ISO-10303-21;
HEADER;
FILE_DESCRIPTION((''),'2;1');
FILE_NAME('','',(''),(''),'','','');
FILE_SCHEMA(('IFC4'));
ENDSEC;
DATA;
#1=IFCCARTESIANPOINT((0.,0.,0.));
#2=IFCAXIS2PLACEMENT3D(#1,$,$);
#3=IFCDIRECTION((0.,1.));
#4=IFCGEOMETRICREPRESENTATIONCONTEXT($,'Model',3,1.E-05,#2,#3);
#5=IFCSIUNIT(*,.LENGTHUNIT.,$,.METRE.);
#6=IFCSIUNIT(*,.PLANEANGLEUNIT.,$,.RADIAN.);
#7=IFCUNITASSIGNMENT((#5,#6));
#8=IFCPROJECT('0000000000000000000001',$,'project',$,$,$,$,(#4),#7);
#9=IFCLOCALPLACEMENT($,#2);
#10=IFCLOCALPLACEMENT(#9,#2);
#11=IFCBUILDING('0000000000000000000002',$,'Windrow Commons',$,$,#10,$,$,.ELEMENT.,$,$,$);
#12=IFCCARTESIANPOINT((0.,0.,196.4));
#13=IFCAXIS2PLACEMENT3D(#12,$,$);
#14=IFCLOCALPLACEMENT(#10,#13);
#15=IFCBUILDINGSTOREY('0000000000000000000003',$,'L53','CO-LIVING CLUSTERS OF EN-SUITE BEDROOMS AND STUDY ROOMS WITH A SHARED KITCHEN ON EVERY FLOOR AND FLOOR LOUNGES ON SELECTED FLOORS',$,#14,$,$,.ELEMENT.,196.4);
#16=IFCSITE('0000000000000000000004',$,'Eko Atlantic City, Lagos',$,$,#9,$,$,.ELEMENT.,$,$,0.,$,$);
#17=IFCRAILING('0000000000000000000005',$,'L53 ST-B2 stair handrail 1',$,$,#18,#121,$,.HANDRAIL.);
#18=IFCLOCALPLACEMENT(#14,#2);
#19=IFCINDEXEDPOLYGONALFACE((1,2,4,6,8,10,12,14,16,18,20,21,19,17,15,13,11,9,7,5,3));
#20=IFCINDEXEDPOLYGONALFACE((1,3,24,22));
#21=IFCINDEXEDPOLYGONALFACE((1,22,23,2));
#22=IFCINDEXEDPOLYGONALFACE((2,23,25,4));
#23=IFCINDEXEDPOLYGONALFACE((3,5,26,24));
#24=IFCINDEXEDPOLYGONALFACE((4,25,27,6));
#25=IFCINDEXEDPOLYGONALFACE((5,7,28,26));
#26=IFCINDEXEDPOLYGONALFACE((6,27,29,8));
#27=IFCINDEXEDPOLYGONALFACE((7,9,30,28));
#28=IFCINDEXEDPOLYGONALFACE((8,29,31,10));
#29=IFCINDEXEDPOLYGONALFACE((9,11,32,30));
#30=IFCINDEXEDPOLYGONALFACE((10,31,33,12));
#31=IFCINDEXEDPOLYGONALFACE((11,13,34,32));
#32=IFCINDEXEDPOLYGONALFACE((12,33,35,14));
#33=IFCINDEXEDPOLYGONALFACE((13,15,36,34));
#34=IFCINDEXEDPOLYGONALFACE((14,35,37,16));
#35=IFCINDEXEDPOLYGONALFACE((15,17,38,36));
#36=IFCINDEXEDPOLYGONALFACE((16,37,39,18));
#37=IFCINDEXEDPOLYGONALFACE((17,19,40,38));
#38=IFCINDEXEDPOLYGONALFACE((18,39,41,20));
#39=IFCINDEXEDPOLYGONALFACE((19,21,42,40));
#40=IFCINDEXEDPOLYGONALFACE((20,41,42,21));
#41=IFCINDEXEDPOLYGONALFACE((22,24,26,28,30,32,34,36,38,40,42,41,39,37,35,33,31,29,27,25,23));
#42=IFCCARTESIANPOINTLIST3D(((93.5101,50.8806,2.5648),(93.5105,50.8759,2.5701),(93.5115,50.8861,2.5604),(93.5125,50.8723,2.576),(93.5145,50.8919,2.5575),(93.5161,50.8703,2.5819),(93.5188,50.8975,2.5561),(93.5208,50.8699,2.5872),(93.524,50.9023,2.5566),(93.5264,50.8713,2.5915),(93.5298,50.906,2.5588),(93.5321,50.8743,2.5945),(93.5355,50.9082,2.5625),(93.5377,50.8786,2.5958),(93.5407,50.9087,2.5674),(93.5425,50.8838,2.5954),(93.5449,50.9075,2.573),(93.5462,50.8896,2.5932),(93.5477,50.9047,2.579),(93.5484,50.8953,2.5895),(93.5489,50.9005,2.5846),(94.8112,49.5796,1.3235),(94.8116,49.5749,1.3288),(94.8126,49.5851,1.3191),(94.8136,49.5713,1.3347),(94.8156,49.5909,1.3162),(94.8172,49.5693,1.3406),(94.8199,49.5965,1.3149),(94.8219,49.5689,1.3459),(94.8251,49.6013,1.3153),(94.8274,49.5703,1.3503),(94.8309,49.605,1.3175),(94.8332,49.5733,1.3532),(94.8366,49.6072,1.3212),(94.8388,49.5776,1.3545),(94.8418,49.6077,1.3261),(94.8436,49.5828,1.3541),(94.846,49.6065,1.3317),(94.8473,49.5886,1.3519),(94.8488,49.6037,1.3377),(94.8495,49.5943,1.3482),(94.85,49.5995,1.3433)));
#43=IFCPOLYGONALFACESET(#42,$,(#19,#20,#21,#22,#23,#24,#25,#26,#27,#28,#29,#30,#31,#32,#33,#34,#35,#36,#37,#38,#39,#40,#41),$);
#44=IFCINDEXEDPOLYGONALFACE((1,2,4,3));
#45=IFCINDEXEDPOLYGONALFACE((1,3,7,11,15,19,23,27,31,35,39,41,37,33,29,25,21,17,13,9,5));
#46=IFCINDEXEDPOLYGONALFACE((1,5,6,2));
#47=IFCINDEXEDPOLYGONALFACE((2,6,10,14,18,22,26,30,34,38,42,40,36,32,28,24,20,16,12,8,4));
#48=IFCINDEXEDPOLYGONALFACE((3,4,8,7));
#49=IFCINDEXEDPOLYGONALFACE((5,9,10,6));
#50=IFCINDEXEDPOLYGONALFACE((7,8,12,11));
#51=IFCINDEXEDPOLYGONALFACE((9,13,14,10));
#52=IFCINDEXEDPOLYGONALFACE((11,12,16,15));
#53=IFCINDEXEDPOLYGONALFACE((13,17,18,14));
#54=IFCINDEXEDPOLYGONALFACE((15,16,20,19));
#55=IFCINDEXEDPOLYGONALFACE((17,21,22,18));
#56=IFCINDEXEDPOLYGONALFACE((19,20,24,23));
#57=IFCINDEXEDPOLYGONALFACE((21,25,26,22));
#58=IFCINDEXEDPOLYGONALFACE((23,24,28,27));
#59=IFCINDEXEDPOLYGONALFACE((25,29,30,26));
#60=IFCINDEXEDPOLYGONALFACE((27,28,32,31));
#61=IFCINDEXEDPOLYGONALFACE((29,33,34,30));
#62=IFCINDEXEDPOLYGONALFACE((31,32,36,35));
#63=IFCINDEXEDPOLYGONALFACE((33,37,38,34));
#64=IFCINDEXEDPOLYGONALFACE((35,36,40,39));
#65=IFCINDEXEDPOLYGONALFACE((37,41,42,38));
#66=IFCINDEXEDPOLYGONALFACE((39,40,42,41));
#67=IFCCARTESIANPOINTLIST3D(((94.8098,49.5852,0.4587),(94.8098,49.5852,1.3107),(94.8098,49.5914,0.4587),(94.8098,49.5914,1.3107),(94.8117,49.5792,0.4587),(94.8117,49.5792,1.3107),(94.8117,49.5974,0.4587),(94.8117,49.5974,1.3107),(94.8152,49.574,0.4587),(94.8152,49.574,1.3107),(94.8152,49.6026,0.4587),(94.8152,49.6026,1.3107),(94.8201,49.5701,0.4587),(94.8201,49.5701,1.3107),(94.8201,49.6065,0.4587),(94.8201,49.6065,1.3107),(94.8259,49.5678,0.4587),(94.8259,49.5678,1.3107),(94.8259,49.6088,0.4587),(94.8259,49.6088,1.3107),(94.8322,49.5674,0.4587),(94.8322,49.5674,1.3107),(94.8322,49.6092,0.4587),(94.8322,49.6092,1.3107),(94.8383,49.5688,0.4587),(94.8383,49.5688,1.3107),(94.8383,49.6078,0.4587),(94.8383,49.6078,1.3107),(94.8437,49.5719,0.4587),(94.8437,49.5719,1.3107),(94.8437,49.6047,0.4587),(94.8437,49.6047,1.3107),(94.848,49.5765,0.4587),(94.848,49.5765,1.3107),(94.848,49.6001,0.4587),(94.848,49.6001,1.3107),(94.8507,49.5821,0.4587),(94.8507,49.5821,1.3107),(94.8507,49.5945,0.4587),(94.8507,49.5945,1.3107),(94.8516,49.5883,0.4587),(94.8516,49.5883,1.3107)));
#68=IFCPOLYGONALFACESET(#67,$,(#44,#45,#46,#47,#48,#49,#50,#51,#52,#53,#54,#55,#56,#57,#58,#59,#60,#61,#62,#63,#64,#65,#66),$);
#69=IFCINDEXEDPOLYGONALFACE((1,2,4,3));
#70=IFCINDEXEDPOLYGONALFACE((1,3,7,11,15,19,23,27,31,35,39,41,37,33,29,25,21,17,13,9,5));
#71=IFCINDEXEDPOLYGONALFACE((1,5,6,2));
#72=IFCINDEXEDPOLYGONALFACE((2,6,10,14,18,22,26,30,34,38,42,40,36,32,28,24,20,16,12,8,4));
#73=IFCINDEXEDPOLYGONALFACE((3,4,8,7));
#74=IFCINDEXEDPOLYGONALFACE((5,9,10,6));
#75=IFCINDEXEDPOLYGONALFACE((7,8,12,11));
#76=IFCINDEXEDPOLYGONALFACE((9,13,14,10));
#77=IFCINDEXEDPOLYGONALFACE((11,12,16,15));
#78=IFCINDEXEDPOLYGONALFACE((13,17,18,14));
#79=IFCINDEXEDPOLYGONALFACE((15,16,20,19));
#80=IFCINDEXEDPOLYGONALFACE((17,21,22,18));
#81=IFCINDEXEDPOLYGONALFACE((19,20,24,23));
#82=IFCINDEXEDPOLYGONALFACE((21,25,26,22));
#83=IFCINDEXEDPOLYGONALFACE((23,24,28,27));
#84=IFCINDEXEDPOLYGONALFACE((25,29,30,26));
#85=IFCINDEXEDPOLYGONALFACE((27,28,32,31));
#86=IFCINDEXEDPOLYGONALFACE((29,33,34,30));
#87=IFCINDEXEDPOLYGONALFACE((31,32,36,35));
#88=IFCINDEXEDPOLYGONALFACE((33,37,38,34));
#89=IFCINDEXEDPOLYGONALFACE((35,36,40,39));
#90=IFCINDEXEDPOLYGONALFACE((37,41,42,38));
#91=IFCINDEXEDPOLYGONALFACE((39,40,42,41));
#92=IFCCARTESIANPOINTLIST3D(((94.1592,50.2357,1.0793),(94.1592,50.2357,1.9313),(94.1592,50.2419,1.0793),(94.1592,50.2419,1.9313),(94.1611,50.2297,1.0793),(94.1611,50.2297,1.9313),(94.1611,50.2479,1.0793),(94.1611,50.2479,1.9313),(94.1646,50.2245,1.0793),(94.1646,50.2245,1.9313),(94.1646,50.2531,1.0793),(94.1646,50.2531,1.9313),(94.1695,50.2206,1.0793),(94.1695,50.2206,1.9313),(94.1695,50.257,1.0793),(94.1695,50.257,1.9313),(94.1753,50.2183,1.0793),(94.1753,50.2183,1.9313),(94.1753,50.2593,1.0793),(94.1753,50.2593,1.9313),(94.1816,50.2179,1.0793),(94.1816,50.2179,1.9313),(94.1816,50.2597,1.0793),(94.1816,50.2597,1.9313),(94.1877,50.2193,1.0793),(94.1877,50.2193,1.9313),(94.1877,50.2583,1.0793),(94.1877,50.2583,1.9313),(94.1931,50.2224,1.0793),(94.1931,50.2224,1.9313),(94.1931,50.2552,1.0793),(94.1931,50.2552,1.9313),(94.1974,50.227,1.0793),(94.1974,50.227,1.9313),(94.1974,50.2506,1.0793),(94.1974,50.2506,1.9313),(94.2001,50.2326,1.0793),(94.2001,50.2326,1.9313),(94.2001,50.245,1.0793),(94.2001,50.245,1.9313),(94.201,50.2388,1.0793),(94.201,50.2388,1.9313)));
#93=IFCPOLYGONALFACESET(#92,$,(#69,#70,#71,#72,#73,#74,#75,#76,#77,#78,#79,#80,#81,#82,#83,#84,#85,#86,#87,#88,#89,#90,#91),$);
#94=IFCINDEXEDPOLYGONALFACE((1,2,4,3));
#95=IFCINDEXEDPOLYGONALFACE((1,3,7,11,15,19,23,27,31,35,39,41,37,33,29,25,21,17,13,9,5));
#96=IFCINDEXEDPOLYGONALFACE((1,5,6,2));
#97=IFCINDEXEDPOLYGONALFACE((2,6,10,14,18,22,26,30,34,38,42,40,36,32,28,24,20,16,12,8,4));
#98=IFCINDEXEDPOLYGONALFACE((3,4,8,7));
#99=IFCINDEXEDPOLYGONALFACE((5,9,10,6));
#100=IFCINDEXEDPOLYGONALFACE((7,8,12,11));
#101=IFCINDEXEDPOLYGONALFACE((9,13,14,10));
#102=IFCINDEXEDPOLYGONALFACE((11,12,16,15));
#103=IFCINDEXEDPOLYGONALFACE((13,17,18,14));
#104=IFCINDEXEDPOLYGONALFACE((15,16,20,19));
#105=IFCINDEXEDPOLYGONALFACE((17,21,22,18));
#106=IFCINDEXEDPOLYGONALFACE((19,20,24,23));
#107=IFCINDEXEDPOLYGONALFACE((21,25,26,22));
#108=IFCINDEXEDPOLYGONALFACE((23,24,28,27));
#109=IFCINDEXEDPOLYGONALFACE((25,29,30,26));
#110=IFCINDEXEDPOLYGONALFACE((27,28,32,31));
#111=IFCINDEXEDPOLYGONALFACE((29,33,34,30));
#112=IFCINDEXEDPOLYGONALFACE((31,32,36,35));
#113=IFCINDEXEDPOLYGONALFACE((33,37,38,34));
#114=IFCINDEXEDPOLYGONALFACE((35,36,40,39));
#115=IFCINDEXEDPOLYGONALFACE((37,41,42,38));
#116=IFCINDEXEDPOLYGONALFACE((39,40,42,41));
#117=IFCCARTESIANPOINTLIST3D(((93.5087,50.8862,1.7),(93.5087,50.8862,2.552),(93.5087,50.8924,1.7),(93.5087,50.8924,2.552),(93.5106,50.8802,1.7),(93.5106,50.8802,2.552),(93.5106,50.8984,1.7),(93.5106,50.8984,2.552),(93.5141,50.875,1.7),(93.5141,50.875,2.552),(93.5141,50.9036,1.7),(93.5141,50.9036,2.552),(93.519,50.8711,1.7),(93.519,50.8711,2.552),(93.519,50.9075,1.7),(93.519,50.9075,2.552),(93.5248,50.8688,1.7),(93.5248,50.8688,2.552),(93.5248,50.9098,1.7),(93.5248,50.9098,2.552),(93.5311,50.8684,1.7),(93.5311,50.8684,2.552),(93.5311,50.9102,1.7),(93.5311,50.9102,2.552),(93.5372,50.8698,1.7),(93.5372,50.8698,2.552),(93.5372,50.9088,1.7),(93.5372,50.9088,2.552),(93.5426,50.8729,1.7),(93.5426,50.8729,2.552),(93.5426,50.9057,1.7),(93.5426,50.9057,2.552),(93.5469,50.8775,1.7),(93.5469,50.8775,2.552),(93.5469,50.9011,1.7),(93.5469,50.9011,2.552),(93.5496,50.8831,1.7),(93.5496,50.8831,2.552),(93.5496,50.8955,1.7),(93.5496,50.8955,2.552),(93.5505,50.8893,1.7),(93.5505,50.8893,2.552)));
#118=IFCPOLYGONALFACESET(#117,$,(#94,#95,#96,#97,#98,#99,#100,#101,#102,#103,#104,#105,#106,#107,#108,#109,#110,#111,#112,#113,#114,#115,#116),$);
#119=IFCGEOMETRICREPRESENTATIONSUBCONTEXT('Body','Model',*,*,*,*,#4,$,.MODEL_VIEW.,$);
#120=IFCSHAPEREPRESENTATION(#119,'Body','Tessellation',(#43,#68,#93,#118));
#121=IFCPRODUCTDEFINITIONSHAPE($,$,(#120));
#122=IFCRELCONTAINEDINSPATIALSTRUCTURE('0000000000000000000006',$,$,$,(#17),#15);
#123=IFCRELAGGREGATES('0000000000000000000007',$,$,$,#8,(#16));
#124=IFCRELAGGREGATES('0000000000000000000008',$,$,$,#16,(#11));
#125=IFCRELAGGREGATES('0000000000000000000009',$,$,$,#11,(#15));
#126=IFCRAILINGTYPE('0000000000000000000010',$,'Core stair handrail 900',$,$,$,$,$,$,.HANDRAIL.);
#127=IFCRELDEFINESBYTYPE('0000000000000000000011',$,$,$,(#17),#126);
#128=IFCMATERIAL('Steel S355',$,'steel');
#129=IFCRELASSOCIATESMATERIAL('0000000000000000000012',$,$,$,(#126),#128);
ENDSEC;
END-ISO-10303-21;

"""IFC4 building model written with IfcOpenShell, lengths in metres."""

from ifc_helpers import new_model, si_unit, direction, frame, origin, origin_2d, place, context, subcontext, project, spatial, circle, extrude, material, type_object, element, save


model = new_model("IFC4")

# Units and contexts
model_context = context("Model", 3, precision=1e-05, world=origin(), true_north=direction((0.0, 1.0)))
body_context = subcontext(model_context, "Body", "Model", "MODEL_VIEW")
ifc_project = project(units=[si_unit("LENGTHUNIT", "METRE"), si_unit("PLANEANGLEUNIT", "RADIAN")], contexts=[model_context])

# Site, building, storey
site_placement = place(None, origin())
site = spatial("IfcSite", under=ifc_project, at=site_placement, Name="Eko Atlantic City, Lagos", CompositionType="ELEMENT", RefElevation=0.0)
building_placement = place(site_placement, origin())
building = spatial("IfcBuilding", under=site, at=building_placement, Name="Windrow Commons", CompositionType="ELEMENT")
storey_placement = place(building_placement, frame((0.0, 0.0, 196.4)))
storey = spatial("IfcBuildingStorey", under=building, at=storey_placement, Name="L53", Description="CO-LIVING CLUSTERS OF EN-SUITE BEDROOMS AND STUDY ROOMS WITH A SHARED KITCHEN ON EVERY FLOOR AND FLOOR LOUNGES ON SELECTED FLOORS", CompositionType="ELEMENT", Elevation=196.4)

# Railing
ifc_material_1 = material(Name="Steel S355", Category="steel")
railing_type_1 = type_object("IfcRailingType", Name="Core stair handrail 900", PredefinedType="HANDRAIL", material=ifc_material_1)
railing_1_placement = place(storey_placement, frame((94.8306, 49.5883, 0.4587)))
element("IfcRailing", 1, at=railing_1_placement, inside=storey, type_object=railing_type_1, Name="L53 ST-B2 stair handrail 1", PredefinedType="HANDRAIL", context=body_context, shape_type="SweptSolid", body=[
    extrude(circle(Radius=0.024, at=origin_2d()), frame((0.0, 0.0, 0.876), z_axis=(-0.586207, 0.586162, 0.559264), x_axis=(-0.70708, -0.707134, 0.0)), (0.0, 0.0, 1.0), 2.2195),
    extrude(circle(Radius=0.021, at=origin_2d()), origin(), (0.0, 0.0, 1.0), 0.852),
    extrude(circle(Radius=0.021, at=origin_2d()), frame((-0.6506, 0.6505, 0.6206)), (0.0, 0.0, 1.0), 0.852),
    extrude(circle(Radius=0.021, at=origin_2d()), frame((-1.3011, 1.301, 1.2413)), (0.0, 0.0, 1.0), 0.852),
])

save(model, "model.ifc")
